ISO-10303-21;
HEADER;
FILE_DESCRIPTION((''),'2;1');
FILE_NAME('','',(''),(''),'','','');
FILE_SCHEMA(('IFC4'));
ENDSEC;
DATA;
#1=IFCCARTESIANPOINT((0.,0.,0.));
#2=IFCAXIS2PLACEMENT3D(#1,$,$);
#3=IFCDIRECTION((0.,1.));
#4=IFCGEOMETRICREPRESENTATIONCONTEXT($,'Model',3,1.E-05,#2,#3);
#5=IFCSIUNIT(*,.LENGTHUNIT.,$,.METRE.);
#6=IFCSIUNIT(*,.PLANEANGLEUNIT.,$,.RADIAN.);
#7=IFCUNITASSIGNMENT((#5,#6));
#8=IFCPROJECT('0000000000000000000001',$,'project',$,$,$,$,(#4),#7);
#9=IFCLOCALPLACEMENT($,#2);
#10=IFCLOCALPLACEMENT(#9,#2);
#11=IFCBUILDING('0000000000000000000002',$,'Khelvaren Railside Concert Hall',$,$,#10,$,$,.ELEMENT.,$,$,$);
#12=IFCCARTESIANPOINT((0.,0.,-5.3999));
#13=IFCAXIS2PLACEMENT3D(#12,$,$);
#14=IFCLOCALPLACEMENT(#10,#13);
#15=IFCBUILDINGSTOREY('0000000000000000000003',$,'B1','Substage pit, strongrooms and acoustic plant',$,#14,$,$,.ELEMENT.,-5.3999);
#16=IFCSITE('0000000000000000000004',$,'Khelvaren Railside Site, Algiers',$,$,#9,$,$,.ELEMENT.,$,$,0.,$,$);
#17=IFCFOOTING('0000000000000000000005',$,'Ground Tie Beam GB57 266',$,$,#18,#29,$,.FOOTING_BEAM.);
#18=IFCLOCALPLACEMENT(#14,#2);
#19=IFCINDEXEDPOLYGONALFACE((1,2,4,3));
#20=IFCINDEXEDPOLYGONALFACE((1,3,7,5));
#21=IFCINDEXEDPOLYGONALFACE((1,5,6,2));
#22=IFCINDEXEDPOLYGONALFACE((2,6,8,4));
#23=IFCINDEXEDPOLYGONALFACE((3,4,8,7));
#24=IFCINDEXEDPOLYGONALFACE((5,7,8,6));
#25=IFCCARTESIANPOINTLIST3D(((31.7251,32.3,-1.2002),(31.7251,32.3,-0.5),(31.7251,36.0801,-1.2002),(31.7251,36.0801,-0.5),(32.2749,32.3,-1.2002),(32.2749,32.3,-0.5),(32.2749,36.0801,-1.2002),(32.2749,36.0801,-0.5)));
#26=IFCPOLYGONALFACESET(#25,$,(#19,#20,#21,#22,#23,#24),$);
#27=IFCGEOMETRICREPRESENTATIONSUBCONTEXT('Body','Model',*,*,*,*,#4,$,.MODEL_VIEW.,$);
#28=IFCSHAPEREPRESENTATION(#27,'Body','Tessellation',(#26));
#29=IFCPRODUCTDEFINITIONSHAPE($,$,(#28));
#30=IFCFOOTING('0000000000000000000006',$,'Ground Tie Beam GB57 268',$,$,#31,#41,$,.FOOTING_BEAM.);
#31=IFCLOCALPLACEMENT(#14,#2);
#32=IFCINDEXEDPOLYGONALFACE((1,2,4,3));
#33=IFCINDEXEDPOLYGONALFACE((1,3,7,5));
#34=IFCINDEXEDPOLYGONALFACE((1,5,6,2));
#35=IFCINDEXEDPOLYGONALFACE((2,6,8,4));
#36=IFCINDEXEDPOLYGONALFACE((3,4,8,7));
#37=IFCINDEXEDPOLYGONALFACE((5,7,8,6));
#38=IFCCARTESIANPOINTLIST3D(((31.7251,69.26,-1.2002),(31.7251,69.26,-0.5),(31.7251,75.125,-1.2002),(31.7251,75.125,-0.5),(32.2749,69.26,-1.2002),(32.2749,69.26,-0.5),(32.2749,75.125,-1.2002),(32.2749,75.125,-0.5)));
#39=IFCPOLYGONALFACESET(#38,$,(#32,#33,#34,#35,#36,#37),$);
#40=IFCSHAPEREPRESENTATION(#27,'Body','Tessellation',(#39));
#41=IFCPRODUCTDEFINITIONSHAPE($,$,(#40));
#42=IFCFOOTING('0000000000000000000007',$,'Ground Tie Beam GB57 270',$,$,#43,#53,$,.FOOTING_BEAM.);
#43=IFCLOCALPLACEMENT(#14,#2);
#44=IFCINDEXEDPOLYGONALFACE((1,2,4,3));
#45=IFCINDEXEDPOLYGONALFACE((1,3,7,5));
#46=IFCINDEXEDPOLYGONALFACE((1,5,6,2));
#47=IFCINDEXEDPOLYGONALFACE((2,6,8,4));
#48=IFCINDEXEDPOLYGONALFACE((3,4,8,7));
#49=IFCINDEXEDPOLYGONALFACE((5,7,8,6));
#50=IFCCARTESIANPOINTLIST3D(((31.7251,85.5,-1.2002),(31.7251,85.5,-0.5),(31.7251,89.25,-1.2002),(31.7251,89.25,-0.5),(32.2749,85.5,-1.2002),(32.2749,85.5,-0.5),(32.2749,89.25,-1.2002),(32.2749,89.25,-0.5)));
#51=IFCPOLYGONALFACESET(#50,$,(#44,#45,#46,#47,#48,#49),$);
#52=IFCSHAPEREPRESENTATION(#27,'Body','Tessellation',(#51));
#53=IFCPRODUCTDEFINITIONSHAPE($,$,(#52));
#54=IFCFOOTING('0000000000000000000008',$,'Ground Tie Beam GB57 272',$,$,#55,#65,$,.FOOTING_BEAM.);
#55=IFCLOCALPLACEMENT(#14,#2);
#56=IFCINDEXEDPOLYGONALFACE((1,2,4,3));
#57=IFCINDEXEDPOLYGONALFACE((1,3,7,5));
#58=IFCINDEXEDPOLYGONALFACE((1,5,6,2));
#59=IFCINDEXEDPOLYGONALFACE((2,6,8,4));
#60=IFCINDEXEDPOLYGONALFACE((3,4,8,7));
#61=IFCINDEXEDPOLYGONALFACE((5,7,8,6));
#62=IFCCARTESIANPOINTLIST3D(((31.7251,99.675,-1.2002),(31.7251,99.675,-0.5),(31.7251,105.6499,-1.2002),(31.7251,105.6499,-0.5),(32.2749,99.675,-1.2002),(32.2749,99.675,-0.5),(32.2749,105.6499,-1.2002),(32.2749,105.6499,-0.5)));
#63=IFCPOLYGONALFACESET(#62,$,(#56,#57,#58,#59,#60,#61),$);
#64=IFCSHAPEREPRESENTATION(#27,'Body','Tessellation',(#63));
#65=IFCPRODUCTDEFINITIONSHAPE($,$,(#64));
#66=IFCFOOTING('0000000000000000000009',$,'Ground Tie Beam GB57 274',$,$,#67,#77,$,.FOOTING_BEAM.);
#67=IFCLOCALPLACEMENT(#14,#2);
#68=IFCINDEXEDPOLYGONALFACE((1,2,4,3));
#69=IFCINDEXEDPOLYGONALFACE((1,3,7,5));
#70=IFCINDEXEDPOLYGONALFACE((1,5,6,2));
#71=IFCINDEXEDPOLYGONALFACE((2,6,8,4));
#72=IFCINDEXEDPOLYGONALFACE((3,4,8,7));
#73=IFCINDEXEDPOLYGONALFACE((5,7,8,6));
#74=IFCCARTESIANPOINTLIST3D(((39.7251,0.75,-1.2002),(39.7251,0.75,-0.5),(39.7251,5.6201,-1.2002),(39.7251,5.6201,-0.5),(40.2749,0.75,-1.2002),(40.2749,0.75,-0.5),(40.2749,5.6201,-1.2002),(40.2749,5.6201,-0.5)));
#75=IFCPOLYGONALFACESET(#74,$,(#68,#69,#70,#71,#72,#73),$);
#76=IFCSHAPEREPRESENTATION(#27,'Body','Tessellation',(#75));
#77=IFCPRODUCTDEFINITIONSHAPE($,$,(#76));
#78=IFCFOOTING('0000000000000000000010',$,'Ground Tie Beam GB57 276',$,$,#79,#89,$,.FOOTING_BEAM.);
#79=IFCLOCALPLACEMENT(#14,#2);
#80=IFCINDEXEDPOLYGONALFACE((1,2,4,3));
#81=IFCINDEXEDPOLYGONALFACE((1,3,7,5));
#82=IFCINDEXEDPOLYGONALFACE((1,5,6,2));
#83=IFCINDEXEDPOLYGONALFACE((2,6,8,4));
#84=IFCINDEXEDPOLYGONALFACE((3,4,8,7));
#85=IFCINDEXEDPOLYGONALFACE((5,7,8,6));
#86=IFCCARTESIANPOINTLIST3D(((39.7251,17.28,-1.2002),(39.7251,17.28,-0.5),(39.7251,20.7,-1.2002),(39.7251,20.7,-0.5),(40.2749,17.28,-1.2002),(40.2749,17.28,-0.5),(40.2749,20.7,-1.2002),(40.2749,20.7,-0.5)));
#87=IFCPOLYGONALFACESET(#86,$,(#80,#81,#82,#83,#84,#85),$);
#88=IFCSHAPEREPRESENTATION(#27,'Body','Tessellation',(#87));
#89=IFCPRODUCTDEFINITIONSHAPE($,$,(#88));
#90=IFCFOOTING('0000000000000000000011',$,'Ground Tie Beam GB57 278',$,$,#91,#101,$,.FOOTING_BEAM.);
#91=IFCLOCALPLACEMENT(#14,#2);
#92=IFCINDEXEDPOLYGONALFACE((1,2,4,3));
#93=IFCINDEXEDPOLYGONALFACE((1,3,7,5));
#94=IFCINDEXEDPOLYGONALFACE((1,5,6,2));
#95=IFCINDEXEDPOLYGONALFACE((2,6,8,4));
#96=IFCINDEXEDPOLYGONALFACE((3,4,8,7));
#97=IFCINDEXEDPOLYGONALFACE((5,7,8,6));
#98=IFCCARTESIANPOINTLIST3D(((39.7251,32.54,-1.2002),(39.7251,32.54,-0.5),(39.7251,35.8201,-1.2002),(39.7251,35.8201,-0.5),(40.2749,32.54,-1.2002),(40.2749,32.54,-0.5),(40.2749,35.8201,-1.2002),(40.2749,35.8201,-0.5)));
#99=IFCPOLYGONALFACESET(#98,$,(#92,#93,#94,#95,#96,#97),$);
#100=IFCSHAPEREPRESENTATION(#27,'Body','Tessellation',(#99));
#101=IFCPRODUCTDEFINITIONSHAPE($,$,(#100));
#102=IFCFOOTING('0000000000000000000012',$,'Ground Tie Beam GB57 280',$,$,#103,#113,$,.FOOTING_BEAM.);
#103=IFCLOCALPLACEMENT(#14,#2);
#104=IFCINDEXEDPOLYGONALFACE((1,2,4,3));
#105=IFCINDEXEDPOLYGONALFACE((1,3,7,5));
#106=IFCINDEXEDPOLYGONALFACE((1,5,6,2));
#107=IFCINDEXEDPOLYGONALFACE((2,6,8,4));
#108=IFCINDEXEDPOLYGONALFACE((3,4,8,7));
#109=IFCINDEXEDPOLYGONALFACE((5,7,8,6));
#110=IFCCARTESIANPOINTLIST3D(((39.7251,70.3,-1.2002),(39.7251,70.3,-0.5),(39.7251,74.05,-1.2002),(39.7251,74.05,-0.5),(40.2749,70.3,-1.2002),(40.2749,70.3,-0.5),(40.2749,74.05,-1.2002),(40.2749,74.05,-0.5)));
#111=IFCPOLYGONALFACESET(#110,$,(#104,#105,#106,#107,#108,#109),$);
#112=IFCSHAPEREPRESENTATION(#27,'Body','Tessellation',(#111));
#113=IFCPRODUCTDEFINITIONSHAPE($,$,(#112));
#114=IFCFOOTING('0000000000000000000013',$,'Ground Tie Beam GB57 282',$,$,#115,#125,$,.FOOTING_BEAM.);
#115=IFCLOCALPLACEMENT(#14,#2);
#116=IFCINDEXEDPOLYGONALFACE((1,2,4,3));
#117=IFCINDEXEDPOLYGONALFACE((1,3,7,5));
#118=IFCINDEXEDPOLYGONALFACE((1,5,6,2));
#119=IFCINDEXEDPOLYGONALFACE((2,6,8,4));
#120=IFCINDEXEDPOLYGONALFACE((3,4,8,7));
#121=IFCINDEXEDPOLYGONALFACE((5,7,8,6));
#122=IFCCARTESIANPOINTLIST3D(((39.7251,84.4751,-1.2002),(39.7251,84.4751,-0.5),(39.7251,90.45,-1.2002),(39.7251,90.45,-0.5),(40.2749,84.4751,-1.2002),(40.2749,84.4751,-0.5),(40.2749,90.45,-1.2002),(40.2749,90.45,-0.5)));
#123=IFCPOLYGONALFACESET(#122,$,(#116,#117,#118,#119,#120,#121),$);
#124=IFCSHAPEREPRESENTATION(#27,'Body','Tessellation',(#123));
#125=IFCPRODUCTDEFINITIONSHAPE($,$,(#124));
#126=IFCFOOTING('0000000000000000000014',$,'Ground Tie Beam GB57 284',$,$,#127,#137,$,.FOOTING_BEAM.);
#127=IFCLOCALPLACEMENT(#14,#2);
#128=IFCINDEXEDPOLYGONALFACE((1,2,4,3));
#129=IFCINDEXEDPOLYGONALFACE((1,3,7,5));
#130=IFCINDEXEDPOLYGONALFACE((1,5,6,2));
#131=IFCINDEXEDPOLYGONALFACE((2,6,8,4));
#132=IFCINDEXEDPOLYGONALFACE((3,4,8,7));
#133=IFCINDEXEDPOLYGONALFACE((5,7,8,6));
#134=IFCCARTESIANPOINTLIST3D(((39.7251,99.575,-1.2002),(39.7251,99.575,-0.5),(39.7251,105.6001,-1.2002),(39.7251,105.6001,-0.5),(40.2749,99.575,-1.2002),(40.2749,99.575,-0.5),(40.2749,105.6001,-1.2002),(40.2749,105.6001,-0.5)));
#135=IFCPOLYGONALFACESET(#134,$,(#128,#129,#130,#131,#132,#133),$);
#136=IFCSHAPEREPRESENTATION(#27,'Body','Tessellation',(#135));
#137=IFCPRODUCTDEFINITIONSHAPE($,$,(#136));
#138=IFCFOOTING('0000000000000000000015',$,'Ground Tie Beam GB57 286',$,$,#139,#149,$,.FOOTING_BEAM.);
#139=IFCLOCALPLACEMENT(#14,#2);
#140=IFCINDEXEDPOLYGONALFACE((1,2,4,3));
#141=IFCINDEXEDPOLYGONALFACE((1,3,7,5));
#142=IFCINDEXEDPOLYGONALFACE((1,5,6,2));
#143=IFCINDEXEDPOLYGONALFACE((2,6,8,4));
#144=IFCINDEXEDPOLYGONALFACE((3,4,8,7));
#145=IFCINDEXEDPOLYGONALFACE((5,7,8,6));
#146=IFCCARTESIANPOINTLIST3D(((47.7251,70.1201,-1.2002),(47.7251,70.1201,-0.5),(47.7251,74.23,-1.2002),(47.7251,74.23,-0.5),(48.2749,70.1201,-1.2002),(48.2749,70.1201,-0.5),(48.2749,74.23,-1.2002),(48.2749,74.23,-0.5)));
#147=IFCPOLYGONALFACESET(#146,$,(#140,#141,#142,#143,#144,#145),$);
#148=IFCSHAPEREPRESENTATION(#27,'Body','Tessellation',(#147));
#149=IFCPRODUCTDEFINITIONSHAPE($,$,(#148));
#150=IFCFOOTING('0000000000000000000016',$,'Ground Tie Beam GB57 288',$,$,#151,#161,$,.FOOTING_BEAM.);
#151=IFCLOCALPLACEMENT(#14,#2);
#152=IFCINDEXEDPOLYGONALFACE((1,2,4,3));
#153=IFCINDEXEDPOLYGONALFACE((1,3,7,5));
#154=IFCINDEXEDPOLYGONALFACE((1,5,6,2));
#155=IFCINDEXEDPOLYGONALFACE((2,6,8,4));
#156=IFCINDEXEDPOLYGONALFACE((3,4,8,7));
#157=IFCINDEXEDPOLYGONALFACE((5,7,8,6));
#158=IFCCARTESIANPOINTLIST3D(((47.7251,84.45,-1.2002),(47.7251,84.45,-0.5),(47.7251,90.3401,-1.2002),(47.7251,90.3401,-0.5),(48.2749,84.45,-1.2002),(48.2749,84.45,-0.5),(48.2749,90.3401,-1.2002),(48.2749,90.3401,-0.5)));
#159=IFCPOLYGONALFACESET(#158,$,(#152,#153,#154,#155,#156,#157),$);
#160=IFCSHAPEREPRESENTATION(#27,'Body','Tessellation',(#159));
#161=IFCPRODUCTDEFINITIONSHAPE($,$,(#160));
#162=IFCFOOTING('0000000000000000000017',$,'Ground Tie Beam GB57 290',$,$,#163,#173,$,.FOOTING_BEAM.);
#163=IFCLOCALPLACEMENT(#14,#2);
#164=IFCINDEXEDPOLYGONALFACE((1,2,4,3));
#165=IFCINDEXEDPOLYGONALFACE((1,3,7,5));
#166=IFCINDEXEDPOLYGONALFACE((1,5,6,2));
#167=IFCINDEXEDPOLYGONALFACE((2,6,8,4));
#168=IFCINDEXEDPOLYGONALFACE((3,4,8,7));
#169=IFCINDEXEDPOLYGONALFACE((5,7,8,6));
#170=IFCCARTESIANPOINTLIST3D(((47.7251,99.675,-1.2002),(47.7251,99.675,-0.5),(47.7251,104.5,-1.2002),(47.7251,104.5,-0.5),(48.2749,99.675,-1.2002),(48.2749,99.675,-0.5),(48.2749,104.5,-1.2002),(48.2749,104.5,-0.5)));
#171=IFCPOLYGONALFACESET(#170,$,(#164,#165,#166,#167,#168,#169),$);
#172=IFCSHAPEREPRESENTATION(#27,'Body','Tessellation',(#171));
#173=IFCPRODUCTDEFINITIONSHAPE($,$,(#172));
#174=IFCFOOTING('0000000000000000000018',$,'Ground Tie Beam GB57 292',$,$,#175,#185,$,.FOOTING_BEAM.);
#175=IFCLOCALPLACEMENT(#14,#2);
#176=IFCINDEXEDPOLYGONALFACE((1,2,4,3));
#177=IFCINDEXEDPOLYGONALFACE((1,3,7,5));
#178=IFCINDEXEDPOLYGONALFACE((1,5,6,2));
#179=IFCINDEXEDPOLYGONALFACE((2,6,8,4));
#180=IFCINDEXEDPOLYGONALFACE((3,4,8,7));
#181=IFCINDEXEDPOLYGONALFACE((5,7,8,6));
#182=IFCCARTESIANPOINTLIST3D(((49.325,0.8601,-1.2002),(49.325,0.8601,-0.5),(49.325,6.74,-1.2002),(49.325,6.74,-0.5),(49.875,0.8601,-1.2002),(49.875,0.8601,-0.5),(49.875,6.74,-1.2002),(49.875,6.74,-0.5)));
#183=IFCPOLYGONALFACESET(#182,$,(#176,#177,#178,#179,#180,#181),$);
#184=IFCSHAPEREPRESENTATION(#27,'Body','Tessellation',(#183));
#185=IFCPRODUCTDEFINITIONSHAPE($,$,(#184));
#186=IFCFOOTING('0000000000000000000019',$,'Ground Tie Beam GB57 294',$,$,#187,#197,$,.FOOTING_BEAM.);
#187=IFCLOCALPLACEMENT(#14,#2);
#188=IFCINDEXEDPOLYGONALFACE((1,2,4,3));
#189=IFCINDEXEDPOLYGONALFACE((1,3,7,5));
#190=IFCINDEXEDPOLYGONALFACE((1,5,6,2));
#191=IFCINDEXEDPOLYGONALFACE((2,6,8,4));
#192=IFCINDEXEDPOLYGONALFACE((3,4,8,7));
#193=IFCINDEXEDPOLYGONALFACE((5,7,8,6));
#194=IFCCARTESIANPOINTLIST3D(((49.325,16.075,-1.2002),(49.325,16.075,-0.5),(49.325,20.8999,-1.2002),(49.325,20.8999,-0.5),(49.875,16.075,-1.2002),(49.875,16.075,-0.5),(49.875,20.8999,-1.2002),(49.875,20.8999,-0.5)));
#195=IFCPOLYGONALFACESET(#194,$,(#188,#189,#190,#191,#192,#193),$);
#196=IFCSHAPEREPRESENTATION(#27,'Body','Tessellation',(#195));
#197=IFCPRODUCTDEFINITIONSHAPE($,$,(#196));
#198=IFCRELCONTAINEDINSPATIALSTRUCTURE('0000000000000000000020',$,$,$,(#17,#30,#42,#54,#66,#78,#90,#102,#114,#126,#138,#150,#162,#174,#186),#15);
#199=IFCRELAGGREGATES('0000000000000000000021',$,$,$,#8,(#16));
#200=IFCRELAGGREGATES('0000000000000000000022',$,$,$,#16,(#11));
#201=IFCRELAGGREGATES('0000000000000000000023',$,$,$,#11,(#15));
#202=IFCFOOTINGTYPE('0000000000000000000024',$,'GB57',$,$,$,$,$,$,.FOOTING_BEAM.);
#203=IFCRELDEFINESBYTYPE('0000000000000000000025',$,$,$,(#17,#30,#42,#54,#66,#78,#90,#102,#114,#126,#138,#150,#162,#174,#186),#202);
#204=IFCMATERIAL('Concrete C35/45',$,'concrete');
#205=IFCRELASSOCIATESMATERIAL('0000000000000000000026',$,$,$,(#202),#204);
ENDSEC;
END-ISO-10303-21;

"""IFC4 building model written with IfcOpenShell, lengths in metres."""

from ifc_helpers import new_model, si_unit, direction, frame, origin, place, context, subcontext, project, spatial, polyline, outline, extrude, material, type_object, element, save


model = new_model("IFC4")

# Units and contexts
model_context = context("Model", 3, precision=1e-05, world=origin(), true_north=direction((0.0, 1.0)))
body_context = subcontext(model_context, "Body", "Model", "MODEL_VIEW")
ifc_project = project(units=[si_unit("LENGTHUNIT", "METRE"), si_unit("PLANEANGLEUNIT", "RADIAN")], contexts=[model_context])

# Site, building, storey
site_placement = place(None, origin())
site = spatial("IfcSite", under=ifc_project, at=site_placement, Name="Khelvaren Railside Site, Algiers", CompositionType="ELEMENT", RefElevation=0.0)
building_placement = place(site_placement, origin())
building = spatial("IfcBuilding", under=site, at=building_placement, Name="Khelvaren Railside Concert Hall", CompositionType="ELEMENT")
storey_placement = place(building_placement, frame((0.0, 0.0, -5.3999)))
storey = spatial("IfcBuildingStorey", under=building, at=storey_placement, Name="B1", Description="Substage pit, strongrooms and acoustic plant", CompositionType="ELEMENT", Elevation=-5.3999)

# Footings
ifc_material = material(Name="Concrete C35/45", Category="concrete")
footing_type = type_object("IfcFootingType", Name="GB57", PredefinedType="FOOTING_BEAM", material=ifc_material)
footing_1_placement = place(storey_placement, frame((0.0, 0.0, -1.2002)))
element("IfcFooting", 1, at=footing_1_placement, inside=storey, type_object=footing_type, Name="Ground Tie Beam GB57 266", PredefinedType="FOOTING_BEAM", context=body_context, shape_type="SweptSolid", body=[
    extrude(outline(polyline([(31.7251, 32.3), (32.2749, 32.3), (32.2749, 36.0801), (31.7251, 36.0801), (31.7251, 32.3)])), origin(), (0.0, 0.0, 1.0), 0.7002),
])
footing_2_placement = place(storey_placement, frame((0.0, 0.0, -1.2002)))
element("IfcFooting", 2, at=footing_2_placement, inside=storey, type_object=footing_type, Name="Ground Tie Beam GB57 268", PredefinedType="FOOTING_BEAM", context=body_context, shape_type="SweptSolid", body=[
    extrude(outline(polyline([(31.7251, 69.26), (32.2749, 69.26), (32.2749, 75.125), (31.7251, 75.125), (31.7251, 69.26)])), origin(), (0.0, 0.0, 1.0), 0.7002),
])
footing_3_placement = place(storey_placement, frame((0.0, 0.0, -1.2002)))
element("IfcFooting", 3, at=footing_3_placement, inside=storey, type_object=footing_type, Name="Ground Tie Beam GB57 270", PredefinedType="FOOTING_BEAM", context=body_context, shape_type="SweptSolid", body=[
    extrude(outline(polyline([(31.7251, 85.5), (32.2749, 85.5), (32.2749, 89.25), (31.7251, 89.25), (31.7251, 85.5)])), origin(), (0.0, 0.0, 1.0), 0.7002),
])
footing_4_placement = place(storey_placement, frame((0.0, 0.0, -1.2002)))
element("IfcFooting", 4, at=footing_4_placement, inside=storey, type_object=footing_type, Name="Ground Tie Beam GB57 272", PredefinedType="FOOTING_BEAM", context=body_context, shape_type="SweptSolid", body=[
    extrude(outline(polyline([(31.7251, 99.675), (32.2749, 99.675), (32.2749, 105.6499), (31.7251, 105.6499), (31.7251, 99.675)])), origin(), (0.0, 0.0, 1.0), 0.7002),
])
footing_5_placement = place(storey_placement, frame((0.0, 0.0, -1.2002)))
element("IfcFooting", 5, at=footing_5_placement, inside=storey, type_object=footing_type, Name="Ground Tie Beam GB57 274", PredefinedType="FOOTING_BEAM", context=body_context, shape_type="SweptSolid", body=[
    extrude(outline(polyline([(39.7251, 0.75), (40.2749, 0.75), (40.2749, 5.6201), (39.7251, 5.6201), (39.7251, 0.75)])), origin(), (0.0, 0.0, 1.0), 0.7002),
])
footing_6_placement = place(storey_placement, frame((0.0, 0.0, -1.2002)))
element("IfcFooting", 6, at=footing_6_placement, inside=storey, type_object=footing_type, Name="Ground Tie Beam GB57 276", PredefinedType="FOOTING_BEAM", context=body_context, shape_type="SweptSolid", body=[
    extrude(outline(polyline([(39.7251, 17.28), (40.2749, 17.28), (40.2749, 20.7), (39.7251, 20.7), (39.7251, 17.28)])), origin(), (0.0, 0.0, 1.0), 0.7002),
])
footing_7_placement = place(storey_placement, frame((0.0, 0.0, -1.2002)))
element("IfcFooting", 7, at=footing_7_placement, inside=storey, type_object=footing_type, Name="Ground Tie Beam GB57 278", PredefinedType="FOOTING_BEAM", context=body_context, shape_type="SweptSolid", body=[
    extrude(outline(polyline([(39.7251, 32.54), (40.2749, 32.54), (40.2749, 35.8201), (39.7251, 35.8201), (39.7251, 32.54)])), origin(), (0.0, 0.0, 1.0), 0.7002),
])
footing_8_placement = place(storey_placement, frame((0.0, 0.0, -1.2002)))
element("IfcFooting", 8, at=footing_8_placement, inside=storey, type_object=footing_type, Name="Ground Tie Beam GB57 280", PredefinedType="FOOTING_BEAM", context=body_context, shape_type="SweptSolid", body=[
    extrude(outline(polyline([(39.7251, 70.3), (40.2749, 70.3), (40.2749, 74.05), (39.7251, 74.05), (39.7251, 70.3)])), origin(), (0.0, 0.0, 1.0), 0.7002),
])
footing_9_placement = place(storey_placement, frame((0.0, 0.0, -1.2002)))
element("IfcFooting", 9, at=footing_9_placement, inside=storey, type_object=footing_type, Name="Ground Tie Beam GB57 282", PredefinedType="FOOTING_BEAM", context=body_context, shape_type="SweptSolid", body=[
    extrude(outline(polyline([(39.7251, 84.4751), (40.2749, 84.4751), (40.2749, 90.45), (39.7251, 90.45), (39.7251, 84.4751)])), origin(), (0.0, 0.0, 1.0), 0.7002),
])
footing_10_placement = place(storey_placement, frame((0.0, 0.0, -1.2002)))
element("IfcFooting", 10, at=footing_10_placement, inside=storey, type_object=footing_type, Name="Ground Tie Beam GB57 284", PredefinedType="FOOTING_BEAM", context=body_context, shape_type="SweptSolid", body=[
    extrude(outline(polyline([(39.7251, 99.575), (40.2749, 99.575), (40.2749, 105.6001), (39.7251, 105.6001), (39.7251, 99.575)])), origin(), (0.0, 0.0, 1.0), 0.7002),
])
footing_11_placement = place(storey_placement, frame((0.0, 0.0, -1.2002)))
element("IfcFooting", 11, at=footing_11_placement, inside=storey, type_object=footing_type, Name="Ground Tie Beam GB57 286", PredefinedType="FOOTING_BEAM", context=body_context, shape_type="SweptSolid", body=[
    extrude(outline(polyline([(47.7251, 70.1201), (48.2749, 70.1201), (48.2749, 74.23), (47.7251, 74.23), (47.7251, 70.1201)])), origin(), (0.0, 0.0, 1.0), 0.7002),
])
footing_12_placement = place(storey_placement, frame((0.0, 0.0, -1.2002)))
element("IfcFooting", 12, at=footing_12_placement, inside=storey, type_object=footing_type, Name="Ground Tie Beam GB57 288", PredefinedType="FOOTING_BEAM", context=body_context, shape_type="SweptSolid", body=[
    extrude(outline(polyline([(47.7251, 84.45), (48.2749, 84.45), (48.2749, 90.3401), (47.7251, 90.3401), (47.7251, 84.45)])), origin(), (0.0, 0.0, 1.0), 0.7002),
])
footing_13_placement = place(storey_placement, frame((0.0, 0.0, -1.2002)))
element("IfcFooting", 13, at=footing_13_placement, inside=storey, type_object=footing_type, Name="Ground Tie Beam GB57 290", PredefinedType="FOOTING_BEAM", context=body_context, shape_type="SweptSolid", body=[
    extrude(outline(polyline([(47.7251, 99.675), (48.2749, 99.675), (48.2749, 104.5), (47.7251, 104.5), (47.7251, 99.675)])), origin(), (0.0, 0.0, 1.0), 0.7002),
])
footing_14_placement = place(storey_placement, frame((0.0, 0.0, -1.2002)))
element("IfcFooting", 14, at=footing_14_placement, inside=storey, type_object=footing_type, Name="Ground Tie Beam GB57 292", PredefinedType="FOOTING_BEAM", context=body_context, shape_type="SweptSolid", body=[
    extrude(outline(polyline([(49.325, 0.8601), (49.875, 0.8601), (49.875, 6.74), (49.325, 6.74), (49.325, 0.8601)])), origin(), (0.0, 0.0, 1.0), 0.7002),
])
footing_15_placement = place(storey_placement, frame((0.0, 0.0, -1.2002)))
element("IfcFooting", 15, at=footing_15_placement, inside=storey, type_object=footing_type, Name="Ground Tie Beam GB57 294", PredefinedType="FOOTING_BEAM", context=body_context, shape_type="SweptSolid", body=[
    extrude(outline(polyline([(49.325, 16.075), (49.875, 16.075), (49.875, 20.8999), (49.325, 20.8999), (49.325, 16.075)])), origin(), (0.0, 0.0, 1.0), 0.7002),
])

save(model, "model.ifc")
